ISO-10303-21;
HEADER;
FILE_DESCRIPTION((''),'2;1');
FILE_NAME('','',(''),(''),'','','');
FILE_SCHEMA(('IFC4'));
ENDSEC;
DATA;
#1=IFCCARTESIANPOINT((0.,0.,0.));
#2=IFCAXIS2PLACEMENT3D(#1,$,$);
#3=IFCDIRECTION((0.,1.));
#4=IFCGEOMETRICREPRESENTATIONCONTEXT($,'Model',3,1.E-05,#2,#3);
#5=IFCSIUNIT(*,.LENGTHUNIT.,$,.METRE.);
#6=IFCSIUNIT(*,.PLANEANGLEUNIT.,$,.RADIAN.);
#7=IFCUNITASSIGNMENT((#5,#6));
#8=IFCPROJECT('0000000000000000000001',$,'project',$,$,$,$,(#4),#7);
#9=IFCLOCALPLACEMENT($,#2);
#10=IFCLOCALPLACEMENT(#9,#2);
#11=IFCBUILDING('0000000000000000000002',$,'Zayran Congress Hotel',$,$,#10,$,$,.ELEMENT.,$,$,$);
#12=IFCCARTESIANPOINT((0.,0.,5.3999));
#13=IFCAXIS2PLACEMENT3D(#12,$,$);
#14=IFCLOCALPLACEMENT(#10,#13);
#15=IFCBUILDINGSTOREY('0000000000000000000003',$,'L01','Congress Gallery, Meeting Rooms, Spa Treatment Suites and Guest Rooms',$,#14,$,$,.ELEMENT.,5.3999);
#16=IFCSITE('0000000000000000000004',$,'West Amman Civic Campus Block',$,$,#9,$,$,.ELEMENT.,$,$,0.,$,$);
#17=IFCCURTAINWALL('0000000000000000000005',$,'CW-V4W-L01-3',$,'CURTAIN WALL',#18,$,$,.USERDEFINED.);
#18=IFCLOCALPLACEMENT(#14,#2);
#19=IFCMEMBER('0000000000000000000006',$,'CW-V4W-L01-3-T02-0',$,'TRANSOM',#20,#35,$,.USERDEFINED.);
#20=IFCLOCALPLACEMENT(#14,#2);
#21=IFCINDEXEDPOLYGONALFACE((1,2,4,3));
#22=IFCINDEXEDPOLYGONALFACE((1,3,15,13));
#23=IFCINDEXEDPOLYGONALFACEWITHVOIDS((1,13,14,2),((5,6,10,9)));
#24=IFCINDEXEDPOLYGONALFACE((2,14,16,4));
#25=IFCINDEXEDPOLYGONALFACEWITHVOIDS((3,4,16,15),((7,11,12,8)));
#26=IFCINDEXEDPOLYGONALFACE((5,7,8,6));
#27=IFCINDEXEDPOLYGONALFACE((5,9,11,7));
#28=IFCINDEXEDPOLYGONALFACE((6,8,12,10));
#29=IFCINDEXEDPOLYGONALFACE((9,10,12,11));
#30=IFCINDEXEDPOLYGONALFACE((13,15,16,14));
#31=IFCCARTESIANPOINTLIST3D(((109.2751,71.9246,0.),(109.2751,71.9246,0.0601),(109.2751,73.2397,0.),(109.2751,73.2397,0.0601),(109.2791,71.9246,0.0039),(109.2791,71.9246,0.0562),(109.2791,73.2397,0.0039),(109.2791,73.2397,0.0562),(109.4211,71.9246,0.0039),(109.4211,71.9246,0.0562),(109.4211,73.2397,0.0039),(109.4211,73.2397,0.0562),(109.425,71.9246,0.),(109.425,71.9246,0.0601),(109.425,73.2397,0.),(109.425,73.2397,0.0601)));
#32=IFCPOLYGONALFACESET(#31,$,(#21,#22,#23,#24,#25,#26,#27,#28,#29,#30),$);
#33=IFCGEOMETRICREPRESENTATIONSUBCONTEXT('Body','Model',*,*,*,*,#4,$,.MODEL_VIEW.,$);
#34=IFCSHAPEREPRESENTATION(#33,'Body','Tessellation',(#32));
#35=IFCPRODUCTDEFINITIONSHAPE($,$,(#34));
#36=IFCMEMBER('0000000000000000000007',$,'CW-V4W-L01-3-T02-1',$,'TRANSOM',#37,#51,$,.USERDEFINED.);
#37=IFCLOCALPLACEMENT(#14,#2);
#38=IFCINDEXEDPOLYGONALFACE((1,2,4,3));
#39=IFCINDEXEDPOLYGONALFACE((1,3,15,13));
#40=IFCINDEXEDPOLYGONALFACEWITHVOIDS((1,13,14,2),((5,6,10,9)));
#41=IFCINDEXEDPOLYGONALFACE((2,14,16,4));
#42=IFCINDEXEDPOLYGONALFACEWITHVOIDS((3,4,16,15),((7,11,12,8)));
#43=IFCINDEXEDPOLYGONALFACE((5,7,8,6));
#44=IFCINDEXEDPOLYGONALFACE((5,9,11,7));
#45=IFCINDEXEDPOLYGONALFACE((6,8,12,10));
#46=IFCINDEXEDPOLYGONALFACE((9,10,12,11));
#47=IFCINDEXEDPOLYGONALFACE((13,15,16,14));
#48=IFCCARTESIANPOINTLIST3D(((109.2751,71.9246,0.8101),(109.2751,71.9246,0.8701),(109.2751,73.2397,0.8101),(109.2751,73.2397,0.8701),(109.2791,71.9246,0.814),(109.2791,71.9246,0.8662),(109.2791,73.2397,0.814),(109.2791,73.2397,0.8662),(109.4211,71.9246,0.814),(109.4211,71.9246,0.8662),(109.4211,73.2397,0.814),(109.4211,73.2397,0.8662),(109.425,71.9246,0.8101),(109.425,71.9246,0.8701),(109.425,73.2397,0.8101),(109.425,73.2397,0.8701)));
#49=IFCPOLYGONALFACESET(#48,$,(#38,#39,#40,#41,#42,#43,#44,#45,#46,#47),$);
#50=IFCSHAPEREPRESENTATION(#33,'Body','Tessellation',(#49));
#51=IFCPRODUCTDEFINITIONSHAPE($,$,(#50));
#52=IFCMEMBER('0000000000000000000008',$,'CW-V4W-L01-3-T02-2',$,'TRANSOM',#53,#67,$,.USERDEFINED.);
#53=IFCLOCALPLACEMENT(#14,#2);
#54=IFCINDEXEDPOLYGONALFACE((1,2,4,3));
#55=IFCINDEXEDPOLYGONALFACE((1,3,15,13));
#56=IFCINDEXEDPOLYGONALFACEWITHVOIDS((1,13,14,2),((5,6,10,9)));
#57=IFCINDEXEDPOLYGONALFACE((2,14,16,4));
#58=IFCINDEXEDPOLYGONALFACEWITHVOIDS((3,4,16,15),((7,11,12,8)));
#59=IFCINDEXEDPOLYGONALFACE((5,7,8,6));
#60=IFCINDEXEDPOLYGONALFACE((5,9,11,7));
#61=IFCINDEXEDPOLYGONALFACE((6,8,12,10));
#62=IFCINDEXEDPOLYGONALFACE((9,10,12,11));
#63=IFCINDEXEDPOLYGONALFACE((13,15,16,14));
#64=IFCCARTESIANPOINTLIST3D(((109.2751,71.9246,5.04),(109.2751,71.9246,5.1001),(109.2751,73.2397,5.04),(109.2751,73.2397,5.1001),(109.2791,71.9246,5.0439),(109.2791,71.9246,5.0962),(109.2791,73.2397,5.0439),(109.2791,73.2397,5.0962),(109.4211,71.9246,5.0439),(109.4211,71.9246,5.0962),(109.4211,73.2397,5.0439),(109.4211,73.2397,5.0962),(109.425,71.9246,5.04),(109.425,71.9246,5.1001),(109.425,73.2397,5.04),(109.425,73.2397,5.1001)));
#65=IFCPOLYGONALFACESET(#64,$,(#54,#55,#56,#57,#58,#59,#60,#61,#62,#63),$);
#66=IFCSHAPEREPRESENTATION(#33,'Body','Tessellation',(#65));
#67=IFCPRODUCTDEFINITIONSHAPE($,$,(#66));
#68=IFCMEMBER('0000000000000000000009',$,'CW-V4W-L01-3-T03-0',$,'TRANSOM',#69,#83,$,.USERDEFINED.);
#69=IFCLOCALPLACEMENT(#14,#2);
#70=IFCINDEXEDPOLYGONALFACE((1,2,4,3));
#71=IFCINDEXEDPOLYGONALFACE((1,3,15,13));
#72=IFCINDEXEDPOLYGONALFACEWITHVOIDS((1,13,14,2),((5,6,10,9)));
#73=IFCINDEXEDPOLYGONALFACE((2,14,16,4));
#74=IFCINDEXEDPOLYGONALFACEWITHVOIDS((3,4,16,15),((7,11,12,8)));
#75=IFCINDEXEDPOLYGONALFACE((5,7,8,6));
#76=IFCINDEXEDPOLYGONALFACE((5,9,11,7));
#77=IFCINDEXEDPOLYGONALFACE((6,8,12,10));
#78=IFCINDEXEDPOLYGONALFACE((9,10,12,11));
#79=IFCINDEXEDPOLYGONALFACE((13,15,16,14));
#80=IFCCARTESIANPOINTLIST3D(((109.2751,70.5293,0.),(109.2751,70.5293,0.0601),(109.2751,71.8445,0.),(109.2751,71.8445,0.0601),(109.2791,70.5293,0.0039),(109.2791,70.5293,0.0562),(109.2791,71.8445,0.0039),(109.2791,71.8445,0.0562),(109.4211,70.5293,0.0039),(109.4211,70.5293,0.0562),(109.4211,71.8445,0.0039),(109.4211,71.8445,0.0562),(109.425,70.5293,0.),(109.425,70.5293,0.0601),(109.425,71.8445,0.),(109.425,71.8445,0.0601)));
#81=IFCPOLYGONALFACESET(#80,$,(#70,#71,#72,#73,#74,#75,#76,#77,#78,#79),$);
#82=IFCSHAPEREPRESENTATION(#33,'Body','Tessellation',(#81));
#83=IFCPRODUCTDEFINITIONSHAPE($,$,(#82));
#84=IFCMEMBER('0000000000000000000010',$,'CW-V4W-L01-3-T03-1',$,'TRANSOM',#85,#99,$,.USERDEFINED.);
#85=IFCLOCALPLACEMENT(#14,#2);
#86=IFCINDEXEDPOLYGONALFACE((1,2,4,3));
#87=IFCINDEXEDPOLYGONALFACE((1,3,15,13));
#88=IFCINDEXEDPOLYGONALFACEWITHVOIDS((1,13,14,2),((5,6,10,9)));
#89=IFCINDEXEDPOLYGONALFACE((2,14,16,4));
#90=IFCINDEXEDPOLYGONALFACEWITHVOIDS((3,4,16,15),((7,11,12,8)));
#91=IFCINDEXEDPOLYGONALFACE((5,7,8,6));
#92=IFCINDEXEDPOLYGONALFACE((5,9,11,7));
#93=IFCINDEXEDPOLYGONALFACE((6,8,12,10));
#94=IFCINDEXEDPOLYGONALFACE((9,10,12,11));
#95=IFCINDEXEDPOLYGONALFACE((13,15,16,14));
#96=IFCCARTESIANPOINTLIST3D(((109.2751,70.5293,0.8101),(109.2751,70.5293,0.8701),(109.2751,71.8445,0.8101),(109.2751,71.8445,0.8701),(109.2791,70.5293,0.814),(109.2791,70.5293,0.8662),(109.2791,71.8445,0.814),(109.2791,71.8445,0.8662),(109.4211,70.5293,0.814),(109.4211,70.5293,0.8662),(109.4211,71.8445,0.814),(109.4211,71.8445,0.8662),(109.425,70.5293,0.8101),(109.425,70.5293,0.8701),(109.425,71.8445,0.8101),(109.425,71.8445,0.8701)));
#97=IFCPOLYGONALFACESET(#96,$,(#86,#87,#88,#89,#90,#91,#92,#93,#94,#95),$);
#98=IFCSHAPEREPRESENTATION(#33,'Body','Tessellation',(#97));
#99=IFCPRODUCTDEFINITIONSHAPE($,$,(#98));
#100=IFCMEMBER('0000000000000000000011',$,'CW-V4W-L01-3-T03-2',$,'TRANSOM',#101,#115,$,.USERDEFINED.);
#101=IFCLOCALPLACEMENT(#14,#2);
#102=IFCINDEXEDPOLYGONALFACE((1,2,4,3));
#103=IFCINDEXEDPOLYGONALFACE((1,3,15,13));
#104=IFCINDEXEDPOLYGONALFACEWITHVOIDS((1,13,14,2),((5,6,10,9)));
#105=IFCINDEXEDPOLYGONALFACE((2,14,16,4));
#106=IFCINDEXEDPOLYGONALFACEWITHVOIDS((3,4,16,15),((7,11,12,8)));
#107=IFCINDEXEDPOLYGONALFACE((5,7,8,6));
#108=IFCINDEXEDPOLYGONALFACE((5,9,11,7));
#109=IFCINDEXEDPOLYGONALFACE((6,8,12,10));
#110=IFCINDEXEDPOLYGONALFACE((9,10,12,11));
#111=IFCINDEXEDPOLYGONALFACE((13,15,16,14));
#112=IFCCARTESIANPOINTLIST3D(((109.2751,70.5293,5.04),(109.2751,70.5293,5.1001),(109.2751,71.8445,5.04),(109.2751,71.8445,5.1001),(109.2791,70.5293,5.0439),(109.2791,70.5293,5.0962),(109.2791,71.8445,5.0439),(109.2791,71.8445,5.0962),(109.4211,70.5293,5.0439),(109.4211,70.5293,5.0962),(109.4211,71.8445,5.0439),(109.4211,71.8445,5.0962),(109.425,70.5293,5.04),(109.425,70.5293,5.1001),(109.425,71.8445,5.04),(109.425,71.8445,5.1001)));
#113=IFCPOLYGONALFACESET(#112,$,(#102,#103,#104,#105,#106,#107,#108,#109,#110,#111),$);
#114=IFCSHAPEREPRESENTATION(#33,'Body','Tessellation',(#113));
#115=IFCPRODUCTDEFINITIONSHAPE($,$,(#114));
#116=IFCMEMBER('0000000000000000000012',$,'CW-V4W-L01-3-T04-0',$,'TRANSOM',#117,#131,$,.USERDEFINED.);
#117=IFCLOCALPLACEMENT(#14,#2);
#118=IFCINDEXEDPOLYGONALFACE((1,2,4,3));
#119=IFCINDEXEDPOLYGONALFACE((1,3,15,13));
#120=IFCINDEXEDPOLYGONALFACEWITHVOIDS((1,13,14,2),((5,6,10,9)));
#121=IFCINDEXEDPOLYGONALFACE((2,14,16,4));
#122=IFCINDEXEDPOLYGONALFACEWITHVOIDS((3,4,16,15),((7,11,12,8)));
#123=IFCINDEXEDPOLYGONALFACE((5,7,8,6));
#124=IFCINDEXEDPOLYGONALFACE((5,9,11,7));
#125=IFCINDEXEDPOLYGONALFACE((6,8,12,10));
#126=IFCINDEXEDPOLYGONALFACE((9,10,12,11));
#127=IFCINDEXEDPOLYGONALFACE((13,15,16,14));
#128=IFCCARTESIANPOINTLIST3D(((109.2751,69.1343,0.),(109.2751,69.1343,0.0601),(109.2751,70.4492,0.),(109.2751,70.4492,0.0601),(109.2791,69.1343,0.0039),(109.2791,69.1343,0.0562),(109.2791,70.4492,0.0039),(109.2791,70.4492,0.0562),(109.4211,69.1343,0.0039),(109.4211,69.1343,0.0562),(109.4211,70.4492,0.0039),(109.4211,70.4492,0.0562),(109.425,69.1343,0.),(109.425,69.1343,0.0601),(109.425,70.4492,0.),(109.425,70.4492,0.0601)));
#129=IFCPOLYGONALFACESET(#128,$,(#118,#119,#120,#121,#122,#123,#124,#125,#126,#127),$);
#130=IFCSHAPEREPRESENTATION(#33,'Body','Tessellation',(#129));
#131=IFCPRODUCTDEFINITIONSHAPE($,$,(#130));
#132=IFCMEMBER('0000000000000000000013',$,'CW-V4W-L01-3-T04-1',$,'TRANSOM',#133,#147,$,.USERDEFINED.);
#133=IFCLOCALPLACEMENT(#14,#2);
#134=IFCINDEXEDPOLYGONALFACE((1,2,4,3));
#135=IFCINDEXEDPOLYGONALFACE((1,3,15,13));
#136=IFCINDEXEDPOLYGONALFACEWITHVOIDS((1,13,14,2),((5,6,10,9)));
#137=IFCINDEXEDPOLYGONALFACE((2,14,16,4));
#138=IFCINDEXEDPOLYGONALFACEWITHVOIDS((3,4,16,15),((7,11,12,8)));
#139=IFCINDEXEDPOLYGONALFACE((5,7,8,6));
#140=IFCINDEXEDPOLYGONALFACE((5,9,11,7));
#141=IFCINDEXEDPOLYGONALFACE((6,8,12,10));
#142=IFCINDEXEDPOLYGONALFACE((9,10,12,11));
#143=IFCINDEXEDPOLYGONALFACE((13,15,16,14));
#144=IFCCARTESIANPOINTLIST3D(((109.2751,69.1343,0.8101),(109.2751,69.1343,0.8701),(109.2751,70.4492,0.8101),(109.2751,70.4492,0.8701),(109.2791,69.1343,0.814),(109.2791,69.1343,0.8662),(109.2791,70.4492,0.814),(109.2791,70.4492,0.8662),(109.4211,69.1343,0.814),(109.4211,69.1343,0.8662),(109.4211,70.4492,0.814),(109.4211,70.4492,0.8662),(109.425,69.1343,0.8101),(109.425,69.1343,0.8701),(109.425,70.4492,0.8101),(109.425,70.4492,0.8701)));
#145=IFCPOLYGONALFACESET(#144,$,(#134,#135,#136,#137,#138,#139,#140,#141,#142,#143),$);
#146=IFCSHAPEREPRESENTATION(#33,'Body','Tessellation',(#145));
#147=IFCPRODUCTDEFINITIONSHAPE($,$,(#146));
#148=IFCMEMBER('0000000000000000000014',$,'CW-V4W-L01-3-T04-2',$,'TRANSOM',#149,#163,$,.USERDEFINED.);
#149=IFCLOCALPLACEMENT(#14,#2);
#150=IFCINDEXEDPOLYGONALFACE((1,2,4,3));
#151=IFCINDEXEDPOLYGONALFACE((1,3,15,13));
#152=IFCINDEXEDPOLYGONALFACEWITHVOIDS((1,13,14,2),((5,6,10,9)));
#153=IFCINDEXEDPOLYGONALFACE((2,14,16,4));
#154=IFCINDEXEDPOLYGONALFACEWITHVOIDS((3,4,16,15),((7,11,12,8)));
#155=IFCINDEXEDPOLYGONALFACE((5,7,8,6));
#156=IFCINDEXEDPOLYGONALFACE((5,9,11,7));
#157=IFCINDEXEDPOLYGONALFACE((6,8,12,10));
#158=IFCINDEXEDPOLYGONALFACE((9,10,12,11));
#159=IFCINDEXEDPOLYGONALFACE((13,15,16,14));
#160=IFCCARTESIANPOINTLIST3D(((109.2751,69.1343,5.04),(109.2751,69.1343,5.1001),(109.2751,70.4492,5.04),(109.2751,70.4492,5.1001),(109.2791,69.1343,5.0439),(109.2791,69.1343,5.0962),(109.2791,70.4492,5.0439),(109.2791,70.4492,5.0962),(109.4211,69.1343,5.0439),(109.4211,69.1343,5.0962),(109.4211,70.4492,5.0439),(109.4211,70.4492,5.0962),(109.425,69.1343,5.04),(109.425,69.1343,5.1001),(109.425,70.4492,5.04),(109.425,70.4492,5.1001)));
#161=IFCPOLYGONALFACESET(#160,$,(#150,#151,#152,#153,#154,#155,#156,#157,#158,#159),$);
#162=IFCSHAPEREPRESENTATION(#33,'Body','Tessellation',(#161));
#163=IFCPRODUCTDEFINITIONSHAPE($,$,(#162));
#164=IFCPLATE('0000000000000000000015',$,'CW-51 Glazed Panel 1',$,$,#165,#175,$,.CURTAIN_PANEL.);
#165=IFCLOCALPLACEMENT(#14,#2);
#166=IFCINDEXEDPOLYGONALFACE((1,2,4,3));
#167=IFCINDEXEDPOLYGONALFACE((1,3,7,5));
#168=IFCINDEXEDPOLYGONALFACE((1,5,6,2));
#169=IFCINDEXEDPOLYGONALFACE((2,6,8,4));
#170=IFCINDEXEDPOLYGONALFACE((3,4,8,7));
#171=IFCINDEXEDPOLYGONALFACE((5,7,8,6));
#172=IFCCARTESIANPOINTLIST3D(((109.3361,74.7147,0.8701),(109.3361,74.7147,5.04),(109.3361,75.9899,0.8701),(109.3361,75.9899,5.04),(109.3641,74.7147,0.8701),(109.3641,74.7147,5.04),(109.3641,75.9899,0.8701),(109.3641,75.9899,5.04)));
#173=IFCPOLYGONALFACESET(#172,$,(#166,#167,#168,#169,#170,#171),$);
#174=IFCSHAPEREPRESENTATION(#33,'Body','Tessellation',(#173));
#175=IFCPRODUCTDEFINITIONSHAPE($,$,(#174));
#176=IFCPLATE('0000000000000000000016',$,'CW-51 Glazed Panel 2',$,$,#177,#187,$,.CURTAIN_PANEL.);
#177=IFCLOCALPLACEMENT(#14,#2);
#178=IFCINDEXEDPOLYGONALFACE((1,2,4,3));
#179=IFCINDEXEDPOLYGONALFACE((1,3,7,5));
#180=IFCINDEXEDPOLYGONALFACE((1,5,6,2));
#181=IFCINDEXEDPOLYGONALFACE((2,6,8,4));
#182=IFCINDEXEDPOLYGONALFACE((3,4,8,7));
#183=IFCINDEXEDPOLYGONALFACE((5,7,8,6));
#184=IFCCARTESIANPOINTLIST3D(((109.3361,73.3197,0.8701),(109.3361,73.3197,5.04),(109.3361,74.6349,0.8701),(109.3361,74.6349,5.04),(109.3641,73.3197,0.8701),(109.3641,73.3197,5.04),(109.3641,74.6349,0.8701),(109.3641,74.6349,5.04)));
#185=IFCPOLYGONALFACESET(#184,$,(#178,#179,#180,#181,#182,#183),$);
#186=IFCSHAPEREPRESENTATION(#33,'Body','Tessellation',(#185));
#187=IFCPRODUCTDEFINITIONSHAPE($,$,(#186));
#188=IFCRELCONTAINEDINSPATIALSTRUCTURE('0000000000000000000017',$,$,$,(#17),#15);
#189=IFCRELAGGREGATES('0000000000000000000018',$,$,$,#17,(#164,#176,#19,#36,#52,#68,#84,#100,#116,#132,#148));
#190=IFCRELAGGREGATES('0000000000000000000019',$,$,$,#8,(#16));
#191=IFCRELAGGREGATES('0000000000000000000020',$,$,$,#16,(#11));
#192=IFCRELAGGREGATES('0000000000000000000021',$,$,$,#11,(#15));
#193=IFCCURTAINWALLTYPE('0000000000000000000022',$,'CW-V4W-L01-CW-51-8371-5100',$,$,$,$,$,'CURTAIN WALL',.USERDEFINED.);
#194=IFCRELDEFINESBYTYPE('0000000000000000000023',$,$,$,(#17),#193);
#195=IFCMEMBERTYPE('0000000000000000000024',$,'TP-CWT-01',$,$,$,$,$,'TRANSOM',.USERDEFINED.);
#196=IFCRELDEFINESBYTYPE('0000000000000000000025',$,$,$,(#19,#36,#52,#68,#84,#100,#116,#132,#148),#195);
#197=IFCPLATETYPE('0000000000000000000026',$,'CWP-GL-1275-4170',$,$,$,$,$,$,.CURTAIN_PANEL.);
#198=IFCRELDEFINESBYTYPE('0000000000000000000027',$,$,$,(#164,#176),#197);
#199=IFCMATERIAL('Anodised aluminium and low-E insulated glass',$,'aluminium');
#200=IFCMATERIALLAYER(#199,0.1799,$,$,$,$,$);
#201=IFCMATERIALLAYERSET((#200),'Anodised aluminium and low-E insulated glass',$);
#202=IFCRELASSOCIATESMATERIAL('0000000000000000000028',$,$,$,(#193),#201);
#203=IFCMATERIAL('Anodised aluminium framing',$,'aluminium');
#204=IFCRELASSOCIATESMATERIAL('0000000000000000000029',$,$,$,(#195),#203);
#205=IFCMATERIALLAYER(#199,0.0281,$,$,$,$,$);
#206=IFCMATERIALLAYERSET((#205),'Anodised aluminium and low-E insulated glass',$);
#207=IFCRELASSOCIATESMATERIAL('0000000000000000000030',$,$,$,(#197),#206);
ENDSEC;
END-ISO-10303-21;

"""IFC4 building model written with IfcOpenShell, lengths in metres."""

from ifc_helpers import new_model, si_unit, direction, frame, origin, origin_2d, place, context, subcontext, project, spatial, rectangle, hollow_rectangle, extrude, material, layer, layer_set, material_profile, profile_set, type_object, element, aggregate, save


model = new_model("IFC4")

# Units and contexts
model_context = context("Model", 3, precision=1e-05, world=origin(), true_north=direction((0.0, 1.0)))
body_context = subcontext(model_context, "Body", "Model", "MODEL_VIEW")
ifc_project = project(units=[si_unit("LENGTHUNIT", "METRE"), si_unit("PLANEANGLEUNIT", "RADIAN")], contexts=[model_context])

# Site, building, storey
site_placement = place(None, origin())
site = spatial("IfcSite", under=ifc_project, at=site_placement, Name="West Amman Civic Campus Block", CompositionType="ELEMENT", RefElevation=0.0)
building_placement = place(site_placement, origin())
building = spatial("IfcBuilding", under=site, at=building_placement, Name="Zayran Congress Hotel", CompositionType="ELEMENT")
storey_placement = place(building_placement, frame((0.0, 0.0, 5.3999)))
storey = spatial("IfcBuildingStorey", under=building, at=storey_placement, Name="L01", Description="Congress Gallery, Meeting Rooms, Spa Treatment Suites and Guest Rooms", CompositionType="ELEMENT", Elevation=5.3999)

# Curtain wall, members, plates
ifc_material_1 = material(Name="Anodised aluminium and low-E insulated glass", Category="aluminium")
ifc_layer_1 = layer(ifc_material_1, 0.1799)
ifc_layer_set_1 = layer_set([ifc_layer_1], Name="Anodised aluminium and low-E insulated glass")
curtain_wall_type = type_object("IfcCurtainWallType", Name="CW-V4W-L01-CW-51-8371-5100", ElementType="CURTAIN WALL", PredefinedType="USERDEFINED", material=ifc_layer_set_1)
curtain_wall_placement = place(storey_placement, origin())
curtain_wall = element("IfcCurtainWall", 1, at=curtain_wall_placement, inside=storey, type_object=curtain_wall_type, Name="CW-V4W-L01-3", ObjectType="CURTAIN WALL", PredefinedType="USERDEFINED")
ifc_material_2 = material(Name="Anodised aluminium framing", Category="aluminium")
ifc_material_profile_1 = material_profile(ifc_material_2, hollow_rectangle(XDim=0.0601, YDim=0.1499, WallThickness=0.0039, at=origin_2d()), Name="RHS 150x60x4")
ifc_profile_set_1 = profile_set([ifc_material_profile_1], Name="Anodised aluminium framing")
member_type_1 = type_object("IfcMemberType", Name="TP-CWT-01", ElementType="TRANSOM", PredefinedType="USERDEFINED", material=ifc_profile_set_1)
member_1_placement = place(storey_placement, frame((109.3501, 73.2397, 0.03), z_axis=(0.0, -1.0, 0.0), x_axis=(0.0, 0.0, 1.0)))
member_1 = element("IfcMember", 2, at=member_1_placement, type_object=member_type_1, Name="CW-V4W-L01-3-T02-0", ObjectType="TRANSOM", PredefinedType="USERDEFINED", context=body_context, shape_type="SweptSolid", body=[
    extrude(hollow_rectangle(XDim=0.0601, YDim=0.1499, WallThickness=0.0039, at=origin_2d()), origin(), (0.0, 0.0, 1.0), 1.3152),
])
member_2_placement = place(storey_placement, frame((109.3501, 73.2397, 0.8401), z_axis=(0.0, -1.0, 0.0), x_axis=(0.0, 0.0, 1.0)))
member_2 = element("IfcMember", 3, at=member_2_placement, type_object=member_type_1, Name="CW-V4W-L01-3-T02-1", ObjectType="TRANSOM", PredefinedType="USERDEFINED", context=body_context, shape_type="SweptSolid", body=[
    extrude(hollow_rectangle(XDim=0.0601, YDim=0.1499, WallThickness=0.0039, at=origin_2d()), origin(), (0.0, 0.0, 1.0), 1.3152),
])
member_3_placement = place(storey_placement, frame((109.3501, 73.2397, 5.0701), z_axis=(0.0, -1.0, 0.0), x_axis=(0.0, 0.0, 1.0)))
member_3 = element("IfcMember", 4, at=member_3_placement, type_object=member_type_1, Name="CW-V4W-L01-3-T02-2", ObjectType="TRANSOM", PredefinedType="USERDEFINED", context=body_context, shape_type="SweptSolid", body=[
    extrude(hollow_rectangle(XDim=0.0601, YDim=0.1499, WallThickness=0.0039, at=origin_2d()), origin(), (0.0, 0.0, 1.0), 1.3152),
])
member_4_placement = place(storey_placement, frame((109.3501, 71.8445, 0.03), z_axis=(0.0, -1.0, 0.0), x_axis=(0.0, 0.0, 1.0)))
member_4 = element("IfcMember", 5, at=member_4_placement, type_object=member_type_1, Name="CW-V4W-L01-3-T03-0", ObjectType="TRANSOM", PredefinedType="USERDEFINED", context=body_context, shape_type="SweptSolid", body=[
    extrude(hollow_rectangle(XDim=0.0601, YDim=0.1499, WallThickness=0.0039, at=origin_2d()), origin(), (0.0, 0.0, 1.0), 1.3152),
])
member_5_placement = place(storey_placement, frame((109.3501, 71.8445, 0.8401), z_axis=(0.0, -1.0, 0.0), x_axis=(0.0, 0.0, 1.0)))
member_5 = element("IfcMember", 6, at=member_5_placement, type_object=member_type_1, Name="CW-V4W-L01-3-T03-1", ObjectType="TRANSOM", PredefinedType="USERDEFINED", context=body_context, shape_type="SweptSolid", body=[
    extrude(hollow_rectangle(XDim=0.0601, YDim=0.1499, WallThickness=0.0039, at=origin_2d()), origin(), (0.0, 0.0, 1.0), 1.3152),
])
member_6_placement = place(storey_placement, frame((109.3501, 71.8445, 5.0701), z_axis=(0.0, -1.0, 0.0), x_axis=(0.0, 0.0, 1.0)))
member_6 = element("IfcMember", 7, at=member_6_placement, type_object=member_type_1, Name="CW-V4W-L01-3-T03-2", ObjectType="TRANSOM", PredefinedType="USERDEFINED", context=body_context, shape_type="SweptSolid", body=[
    extrude(hollow_rectangle(XDim=0.0601, YDim=0.1499, WallThickness=0.0039, at=origin_2d()), origin(), (0.0, 0.0, 1.0), 1.3152),
])
member_7_placement = place(storey_placement, frame((109.3501, 70.4492, 0.03), z_axis=(0.0, -1.0, 0.0), x_axis=(0.0, 0.0, 1.0)))
member_7 = element("IfcMember", 8, at=member_7_placement, type_object=member_type_1, Name="CW-V4W-L01-3-T04-0", ObjectType="TRANSOM", PredefinedType="USERDEFINED", context=body_context, shape_type="SweptSolid", body=[
    extrude(hollow_rectangle(XDim=0.0601, YDim=0.1499, WallThickness=0.0039, at=origin_2d()), origin(), (0.0, 0.0, 1.0), 1.3149),
])
member_8_placement = place(storey_placement, frame((109.3501, 70.4492, 0.8401), z_axis=(0.0, -1.0, 0.0), x_axis=(0.0, 0.0, 1.0)))
member_8 = element("IfcMember", 9, at=member_8_placement, type_object=member_type_1, Name="CW-V4W-L01-3-T04-1", ObjectType="TRANSOM", PredefinedType="USERDEFINED", context=body_context, shape_type="SweptSolid", body=[
    extrude(hollow_rectangle(XDim=0.0601, YDim=0.1499, WallThickness=0.0039, at=origin_2d()), origin(), (0.0, 0.0, 1.0), 1.3149),
])
member_9_placement = place(storey_placement, frame((109.3501, 70.4492, 5.0701), z_axis=(0.0, -1.0, 0.0), x_axis=(0.0, 0.0, 1.0)))
member_9 = element("IfcMember", 10, at=member_9_placement, type_object=member_type_1, Name="CW-V4W-L01-3-T04-2", ObjectType="TRANSOM", PredefinedType="USERDEFINED", context=body_context, shape_type="SweptSolid", body=[
    extrude(hollow_rectangle(XDim=0.0601, YDim=0.1499, WallThickness=0.0039, at=origin_2d()), origin(), (0.0, 0.0, 1.0), 1.3149),
])
ifc_layer_2 = layer(ifc_material_1, 0.0281)
ifc_layer_set_2 = layer_set([ifc_layer_2], Name="Anodised aluminium and low-E insulated glass")
plate_type_1 = type_object("IfcPlateType", Name="CWP-GL-1275-4170", PredefinedType="CURTAIN_PANEL", material=ifc_layer_set_2)
plate_1_placement = place(storey_placement, frame((109.3501, 75.3523, 0.8701), z_axis=(0.0, 0.0, 1.0), x_axis=(0.0, 1.0, 0.0)))
plate_1 = element("IfcPlate", 11, at=plate_1_placement, type_object=plate_type_1, Name="CW-51 Glazed Panel 1", PredefinedType="CURTAIN_PANEL", context=body_context, shape_type="SweptSolid", body=[
    extrude(rectangle(XDim=1.2751, YDim=0.0281, at=origin_2d()), origin(), (0.0, 0.0, 1.0), 4.1699),
])
plate_2_placement = place(storey_placement, frame((109.3501, 73.9773, 0.8701), z_axis=(0.0, 0.0, 1.0), x_axis=(0.0, 1.0, 0.0)))
plate_2 = element("IfcPlate", 12, at=plate_2_placement, type_object=plate_type_1, Name="CW-51 Glazed Panel 2", PredefinedType="CURTAIN_PANEL", context=body_context, shape_type="SweptSolid", body=[
    extrude(rectangle(XDim=1.3152, YDim=0.0281, at=origin_2d()), origin(), (0.0, 0.0, 1.0), 4.1699),
])
aggregate(curtain_wall, [plate_1, plate_2, member_1, member_2, member_3, member_4, member_5, member_6, member_7, member_8, member_9])

save(model, "model.ifc")
